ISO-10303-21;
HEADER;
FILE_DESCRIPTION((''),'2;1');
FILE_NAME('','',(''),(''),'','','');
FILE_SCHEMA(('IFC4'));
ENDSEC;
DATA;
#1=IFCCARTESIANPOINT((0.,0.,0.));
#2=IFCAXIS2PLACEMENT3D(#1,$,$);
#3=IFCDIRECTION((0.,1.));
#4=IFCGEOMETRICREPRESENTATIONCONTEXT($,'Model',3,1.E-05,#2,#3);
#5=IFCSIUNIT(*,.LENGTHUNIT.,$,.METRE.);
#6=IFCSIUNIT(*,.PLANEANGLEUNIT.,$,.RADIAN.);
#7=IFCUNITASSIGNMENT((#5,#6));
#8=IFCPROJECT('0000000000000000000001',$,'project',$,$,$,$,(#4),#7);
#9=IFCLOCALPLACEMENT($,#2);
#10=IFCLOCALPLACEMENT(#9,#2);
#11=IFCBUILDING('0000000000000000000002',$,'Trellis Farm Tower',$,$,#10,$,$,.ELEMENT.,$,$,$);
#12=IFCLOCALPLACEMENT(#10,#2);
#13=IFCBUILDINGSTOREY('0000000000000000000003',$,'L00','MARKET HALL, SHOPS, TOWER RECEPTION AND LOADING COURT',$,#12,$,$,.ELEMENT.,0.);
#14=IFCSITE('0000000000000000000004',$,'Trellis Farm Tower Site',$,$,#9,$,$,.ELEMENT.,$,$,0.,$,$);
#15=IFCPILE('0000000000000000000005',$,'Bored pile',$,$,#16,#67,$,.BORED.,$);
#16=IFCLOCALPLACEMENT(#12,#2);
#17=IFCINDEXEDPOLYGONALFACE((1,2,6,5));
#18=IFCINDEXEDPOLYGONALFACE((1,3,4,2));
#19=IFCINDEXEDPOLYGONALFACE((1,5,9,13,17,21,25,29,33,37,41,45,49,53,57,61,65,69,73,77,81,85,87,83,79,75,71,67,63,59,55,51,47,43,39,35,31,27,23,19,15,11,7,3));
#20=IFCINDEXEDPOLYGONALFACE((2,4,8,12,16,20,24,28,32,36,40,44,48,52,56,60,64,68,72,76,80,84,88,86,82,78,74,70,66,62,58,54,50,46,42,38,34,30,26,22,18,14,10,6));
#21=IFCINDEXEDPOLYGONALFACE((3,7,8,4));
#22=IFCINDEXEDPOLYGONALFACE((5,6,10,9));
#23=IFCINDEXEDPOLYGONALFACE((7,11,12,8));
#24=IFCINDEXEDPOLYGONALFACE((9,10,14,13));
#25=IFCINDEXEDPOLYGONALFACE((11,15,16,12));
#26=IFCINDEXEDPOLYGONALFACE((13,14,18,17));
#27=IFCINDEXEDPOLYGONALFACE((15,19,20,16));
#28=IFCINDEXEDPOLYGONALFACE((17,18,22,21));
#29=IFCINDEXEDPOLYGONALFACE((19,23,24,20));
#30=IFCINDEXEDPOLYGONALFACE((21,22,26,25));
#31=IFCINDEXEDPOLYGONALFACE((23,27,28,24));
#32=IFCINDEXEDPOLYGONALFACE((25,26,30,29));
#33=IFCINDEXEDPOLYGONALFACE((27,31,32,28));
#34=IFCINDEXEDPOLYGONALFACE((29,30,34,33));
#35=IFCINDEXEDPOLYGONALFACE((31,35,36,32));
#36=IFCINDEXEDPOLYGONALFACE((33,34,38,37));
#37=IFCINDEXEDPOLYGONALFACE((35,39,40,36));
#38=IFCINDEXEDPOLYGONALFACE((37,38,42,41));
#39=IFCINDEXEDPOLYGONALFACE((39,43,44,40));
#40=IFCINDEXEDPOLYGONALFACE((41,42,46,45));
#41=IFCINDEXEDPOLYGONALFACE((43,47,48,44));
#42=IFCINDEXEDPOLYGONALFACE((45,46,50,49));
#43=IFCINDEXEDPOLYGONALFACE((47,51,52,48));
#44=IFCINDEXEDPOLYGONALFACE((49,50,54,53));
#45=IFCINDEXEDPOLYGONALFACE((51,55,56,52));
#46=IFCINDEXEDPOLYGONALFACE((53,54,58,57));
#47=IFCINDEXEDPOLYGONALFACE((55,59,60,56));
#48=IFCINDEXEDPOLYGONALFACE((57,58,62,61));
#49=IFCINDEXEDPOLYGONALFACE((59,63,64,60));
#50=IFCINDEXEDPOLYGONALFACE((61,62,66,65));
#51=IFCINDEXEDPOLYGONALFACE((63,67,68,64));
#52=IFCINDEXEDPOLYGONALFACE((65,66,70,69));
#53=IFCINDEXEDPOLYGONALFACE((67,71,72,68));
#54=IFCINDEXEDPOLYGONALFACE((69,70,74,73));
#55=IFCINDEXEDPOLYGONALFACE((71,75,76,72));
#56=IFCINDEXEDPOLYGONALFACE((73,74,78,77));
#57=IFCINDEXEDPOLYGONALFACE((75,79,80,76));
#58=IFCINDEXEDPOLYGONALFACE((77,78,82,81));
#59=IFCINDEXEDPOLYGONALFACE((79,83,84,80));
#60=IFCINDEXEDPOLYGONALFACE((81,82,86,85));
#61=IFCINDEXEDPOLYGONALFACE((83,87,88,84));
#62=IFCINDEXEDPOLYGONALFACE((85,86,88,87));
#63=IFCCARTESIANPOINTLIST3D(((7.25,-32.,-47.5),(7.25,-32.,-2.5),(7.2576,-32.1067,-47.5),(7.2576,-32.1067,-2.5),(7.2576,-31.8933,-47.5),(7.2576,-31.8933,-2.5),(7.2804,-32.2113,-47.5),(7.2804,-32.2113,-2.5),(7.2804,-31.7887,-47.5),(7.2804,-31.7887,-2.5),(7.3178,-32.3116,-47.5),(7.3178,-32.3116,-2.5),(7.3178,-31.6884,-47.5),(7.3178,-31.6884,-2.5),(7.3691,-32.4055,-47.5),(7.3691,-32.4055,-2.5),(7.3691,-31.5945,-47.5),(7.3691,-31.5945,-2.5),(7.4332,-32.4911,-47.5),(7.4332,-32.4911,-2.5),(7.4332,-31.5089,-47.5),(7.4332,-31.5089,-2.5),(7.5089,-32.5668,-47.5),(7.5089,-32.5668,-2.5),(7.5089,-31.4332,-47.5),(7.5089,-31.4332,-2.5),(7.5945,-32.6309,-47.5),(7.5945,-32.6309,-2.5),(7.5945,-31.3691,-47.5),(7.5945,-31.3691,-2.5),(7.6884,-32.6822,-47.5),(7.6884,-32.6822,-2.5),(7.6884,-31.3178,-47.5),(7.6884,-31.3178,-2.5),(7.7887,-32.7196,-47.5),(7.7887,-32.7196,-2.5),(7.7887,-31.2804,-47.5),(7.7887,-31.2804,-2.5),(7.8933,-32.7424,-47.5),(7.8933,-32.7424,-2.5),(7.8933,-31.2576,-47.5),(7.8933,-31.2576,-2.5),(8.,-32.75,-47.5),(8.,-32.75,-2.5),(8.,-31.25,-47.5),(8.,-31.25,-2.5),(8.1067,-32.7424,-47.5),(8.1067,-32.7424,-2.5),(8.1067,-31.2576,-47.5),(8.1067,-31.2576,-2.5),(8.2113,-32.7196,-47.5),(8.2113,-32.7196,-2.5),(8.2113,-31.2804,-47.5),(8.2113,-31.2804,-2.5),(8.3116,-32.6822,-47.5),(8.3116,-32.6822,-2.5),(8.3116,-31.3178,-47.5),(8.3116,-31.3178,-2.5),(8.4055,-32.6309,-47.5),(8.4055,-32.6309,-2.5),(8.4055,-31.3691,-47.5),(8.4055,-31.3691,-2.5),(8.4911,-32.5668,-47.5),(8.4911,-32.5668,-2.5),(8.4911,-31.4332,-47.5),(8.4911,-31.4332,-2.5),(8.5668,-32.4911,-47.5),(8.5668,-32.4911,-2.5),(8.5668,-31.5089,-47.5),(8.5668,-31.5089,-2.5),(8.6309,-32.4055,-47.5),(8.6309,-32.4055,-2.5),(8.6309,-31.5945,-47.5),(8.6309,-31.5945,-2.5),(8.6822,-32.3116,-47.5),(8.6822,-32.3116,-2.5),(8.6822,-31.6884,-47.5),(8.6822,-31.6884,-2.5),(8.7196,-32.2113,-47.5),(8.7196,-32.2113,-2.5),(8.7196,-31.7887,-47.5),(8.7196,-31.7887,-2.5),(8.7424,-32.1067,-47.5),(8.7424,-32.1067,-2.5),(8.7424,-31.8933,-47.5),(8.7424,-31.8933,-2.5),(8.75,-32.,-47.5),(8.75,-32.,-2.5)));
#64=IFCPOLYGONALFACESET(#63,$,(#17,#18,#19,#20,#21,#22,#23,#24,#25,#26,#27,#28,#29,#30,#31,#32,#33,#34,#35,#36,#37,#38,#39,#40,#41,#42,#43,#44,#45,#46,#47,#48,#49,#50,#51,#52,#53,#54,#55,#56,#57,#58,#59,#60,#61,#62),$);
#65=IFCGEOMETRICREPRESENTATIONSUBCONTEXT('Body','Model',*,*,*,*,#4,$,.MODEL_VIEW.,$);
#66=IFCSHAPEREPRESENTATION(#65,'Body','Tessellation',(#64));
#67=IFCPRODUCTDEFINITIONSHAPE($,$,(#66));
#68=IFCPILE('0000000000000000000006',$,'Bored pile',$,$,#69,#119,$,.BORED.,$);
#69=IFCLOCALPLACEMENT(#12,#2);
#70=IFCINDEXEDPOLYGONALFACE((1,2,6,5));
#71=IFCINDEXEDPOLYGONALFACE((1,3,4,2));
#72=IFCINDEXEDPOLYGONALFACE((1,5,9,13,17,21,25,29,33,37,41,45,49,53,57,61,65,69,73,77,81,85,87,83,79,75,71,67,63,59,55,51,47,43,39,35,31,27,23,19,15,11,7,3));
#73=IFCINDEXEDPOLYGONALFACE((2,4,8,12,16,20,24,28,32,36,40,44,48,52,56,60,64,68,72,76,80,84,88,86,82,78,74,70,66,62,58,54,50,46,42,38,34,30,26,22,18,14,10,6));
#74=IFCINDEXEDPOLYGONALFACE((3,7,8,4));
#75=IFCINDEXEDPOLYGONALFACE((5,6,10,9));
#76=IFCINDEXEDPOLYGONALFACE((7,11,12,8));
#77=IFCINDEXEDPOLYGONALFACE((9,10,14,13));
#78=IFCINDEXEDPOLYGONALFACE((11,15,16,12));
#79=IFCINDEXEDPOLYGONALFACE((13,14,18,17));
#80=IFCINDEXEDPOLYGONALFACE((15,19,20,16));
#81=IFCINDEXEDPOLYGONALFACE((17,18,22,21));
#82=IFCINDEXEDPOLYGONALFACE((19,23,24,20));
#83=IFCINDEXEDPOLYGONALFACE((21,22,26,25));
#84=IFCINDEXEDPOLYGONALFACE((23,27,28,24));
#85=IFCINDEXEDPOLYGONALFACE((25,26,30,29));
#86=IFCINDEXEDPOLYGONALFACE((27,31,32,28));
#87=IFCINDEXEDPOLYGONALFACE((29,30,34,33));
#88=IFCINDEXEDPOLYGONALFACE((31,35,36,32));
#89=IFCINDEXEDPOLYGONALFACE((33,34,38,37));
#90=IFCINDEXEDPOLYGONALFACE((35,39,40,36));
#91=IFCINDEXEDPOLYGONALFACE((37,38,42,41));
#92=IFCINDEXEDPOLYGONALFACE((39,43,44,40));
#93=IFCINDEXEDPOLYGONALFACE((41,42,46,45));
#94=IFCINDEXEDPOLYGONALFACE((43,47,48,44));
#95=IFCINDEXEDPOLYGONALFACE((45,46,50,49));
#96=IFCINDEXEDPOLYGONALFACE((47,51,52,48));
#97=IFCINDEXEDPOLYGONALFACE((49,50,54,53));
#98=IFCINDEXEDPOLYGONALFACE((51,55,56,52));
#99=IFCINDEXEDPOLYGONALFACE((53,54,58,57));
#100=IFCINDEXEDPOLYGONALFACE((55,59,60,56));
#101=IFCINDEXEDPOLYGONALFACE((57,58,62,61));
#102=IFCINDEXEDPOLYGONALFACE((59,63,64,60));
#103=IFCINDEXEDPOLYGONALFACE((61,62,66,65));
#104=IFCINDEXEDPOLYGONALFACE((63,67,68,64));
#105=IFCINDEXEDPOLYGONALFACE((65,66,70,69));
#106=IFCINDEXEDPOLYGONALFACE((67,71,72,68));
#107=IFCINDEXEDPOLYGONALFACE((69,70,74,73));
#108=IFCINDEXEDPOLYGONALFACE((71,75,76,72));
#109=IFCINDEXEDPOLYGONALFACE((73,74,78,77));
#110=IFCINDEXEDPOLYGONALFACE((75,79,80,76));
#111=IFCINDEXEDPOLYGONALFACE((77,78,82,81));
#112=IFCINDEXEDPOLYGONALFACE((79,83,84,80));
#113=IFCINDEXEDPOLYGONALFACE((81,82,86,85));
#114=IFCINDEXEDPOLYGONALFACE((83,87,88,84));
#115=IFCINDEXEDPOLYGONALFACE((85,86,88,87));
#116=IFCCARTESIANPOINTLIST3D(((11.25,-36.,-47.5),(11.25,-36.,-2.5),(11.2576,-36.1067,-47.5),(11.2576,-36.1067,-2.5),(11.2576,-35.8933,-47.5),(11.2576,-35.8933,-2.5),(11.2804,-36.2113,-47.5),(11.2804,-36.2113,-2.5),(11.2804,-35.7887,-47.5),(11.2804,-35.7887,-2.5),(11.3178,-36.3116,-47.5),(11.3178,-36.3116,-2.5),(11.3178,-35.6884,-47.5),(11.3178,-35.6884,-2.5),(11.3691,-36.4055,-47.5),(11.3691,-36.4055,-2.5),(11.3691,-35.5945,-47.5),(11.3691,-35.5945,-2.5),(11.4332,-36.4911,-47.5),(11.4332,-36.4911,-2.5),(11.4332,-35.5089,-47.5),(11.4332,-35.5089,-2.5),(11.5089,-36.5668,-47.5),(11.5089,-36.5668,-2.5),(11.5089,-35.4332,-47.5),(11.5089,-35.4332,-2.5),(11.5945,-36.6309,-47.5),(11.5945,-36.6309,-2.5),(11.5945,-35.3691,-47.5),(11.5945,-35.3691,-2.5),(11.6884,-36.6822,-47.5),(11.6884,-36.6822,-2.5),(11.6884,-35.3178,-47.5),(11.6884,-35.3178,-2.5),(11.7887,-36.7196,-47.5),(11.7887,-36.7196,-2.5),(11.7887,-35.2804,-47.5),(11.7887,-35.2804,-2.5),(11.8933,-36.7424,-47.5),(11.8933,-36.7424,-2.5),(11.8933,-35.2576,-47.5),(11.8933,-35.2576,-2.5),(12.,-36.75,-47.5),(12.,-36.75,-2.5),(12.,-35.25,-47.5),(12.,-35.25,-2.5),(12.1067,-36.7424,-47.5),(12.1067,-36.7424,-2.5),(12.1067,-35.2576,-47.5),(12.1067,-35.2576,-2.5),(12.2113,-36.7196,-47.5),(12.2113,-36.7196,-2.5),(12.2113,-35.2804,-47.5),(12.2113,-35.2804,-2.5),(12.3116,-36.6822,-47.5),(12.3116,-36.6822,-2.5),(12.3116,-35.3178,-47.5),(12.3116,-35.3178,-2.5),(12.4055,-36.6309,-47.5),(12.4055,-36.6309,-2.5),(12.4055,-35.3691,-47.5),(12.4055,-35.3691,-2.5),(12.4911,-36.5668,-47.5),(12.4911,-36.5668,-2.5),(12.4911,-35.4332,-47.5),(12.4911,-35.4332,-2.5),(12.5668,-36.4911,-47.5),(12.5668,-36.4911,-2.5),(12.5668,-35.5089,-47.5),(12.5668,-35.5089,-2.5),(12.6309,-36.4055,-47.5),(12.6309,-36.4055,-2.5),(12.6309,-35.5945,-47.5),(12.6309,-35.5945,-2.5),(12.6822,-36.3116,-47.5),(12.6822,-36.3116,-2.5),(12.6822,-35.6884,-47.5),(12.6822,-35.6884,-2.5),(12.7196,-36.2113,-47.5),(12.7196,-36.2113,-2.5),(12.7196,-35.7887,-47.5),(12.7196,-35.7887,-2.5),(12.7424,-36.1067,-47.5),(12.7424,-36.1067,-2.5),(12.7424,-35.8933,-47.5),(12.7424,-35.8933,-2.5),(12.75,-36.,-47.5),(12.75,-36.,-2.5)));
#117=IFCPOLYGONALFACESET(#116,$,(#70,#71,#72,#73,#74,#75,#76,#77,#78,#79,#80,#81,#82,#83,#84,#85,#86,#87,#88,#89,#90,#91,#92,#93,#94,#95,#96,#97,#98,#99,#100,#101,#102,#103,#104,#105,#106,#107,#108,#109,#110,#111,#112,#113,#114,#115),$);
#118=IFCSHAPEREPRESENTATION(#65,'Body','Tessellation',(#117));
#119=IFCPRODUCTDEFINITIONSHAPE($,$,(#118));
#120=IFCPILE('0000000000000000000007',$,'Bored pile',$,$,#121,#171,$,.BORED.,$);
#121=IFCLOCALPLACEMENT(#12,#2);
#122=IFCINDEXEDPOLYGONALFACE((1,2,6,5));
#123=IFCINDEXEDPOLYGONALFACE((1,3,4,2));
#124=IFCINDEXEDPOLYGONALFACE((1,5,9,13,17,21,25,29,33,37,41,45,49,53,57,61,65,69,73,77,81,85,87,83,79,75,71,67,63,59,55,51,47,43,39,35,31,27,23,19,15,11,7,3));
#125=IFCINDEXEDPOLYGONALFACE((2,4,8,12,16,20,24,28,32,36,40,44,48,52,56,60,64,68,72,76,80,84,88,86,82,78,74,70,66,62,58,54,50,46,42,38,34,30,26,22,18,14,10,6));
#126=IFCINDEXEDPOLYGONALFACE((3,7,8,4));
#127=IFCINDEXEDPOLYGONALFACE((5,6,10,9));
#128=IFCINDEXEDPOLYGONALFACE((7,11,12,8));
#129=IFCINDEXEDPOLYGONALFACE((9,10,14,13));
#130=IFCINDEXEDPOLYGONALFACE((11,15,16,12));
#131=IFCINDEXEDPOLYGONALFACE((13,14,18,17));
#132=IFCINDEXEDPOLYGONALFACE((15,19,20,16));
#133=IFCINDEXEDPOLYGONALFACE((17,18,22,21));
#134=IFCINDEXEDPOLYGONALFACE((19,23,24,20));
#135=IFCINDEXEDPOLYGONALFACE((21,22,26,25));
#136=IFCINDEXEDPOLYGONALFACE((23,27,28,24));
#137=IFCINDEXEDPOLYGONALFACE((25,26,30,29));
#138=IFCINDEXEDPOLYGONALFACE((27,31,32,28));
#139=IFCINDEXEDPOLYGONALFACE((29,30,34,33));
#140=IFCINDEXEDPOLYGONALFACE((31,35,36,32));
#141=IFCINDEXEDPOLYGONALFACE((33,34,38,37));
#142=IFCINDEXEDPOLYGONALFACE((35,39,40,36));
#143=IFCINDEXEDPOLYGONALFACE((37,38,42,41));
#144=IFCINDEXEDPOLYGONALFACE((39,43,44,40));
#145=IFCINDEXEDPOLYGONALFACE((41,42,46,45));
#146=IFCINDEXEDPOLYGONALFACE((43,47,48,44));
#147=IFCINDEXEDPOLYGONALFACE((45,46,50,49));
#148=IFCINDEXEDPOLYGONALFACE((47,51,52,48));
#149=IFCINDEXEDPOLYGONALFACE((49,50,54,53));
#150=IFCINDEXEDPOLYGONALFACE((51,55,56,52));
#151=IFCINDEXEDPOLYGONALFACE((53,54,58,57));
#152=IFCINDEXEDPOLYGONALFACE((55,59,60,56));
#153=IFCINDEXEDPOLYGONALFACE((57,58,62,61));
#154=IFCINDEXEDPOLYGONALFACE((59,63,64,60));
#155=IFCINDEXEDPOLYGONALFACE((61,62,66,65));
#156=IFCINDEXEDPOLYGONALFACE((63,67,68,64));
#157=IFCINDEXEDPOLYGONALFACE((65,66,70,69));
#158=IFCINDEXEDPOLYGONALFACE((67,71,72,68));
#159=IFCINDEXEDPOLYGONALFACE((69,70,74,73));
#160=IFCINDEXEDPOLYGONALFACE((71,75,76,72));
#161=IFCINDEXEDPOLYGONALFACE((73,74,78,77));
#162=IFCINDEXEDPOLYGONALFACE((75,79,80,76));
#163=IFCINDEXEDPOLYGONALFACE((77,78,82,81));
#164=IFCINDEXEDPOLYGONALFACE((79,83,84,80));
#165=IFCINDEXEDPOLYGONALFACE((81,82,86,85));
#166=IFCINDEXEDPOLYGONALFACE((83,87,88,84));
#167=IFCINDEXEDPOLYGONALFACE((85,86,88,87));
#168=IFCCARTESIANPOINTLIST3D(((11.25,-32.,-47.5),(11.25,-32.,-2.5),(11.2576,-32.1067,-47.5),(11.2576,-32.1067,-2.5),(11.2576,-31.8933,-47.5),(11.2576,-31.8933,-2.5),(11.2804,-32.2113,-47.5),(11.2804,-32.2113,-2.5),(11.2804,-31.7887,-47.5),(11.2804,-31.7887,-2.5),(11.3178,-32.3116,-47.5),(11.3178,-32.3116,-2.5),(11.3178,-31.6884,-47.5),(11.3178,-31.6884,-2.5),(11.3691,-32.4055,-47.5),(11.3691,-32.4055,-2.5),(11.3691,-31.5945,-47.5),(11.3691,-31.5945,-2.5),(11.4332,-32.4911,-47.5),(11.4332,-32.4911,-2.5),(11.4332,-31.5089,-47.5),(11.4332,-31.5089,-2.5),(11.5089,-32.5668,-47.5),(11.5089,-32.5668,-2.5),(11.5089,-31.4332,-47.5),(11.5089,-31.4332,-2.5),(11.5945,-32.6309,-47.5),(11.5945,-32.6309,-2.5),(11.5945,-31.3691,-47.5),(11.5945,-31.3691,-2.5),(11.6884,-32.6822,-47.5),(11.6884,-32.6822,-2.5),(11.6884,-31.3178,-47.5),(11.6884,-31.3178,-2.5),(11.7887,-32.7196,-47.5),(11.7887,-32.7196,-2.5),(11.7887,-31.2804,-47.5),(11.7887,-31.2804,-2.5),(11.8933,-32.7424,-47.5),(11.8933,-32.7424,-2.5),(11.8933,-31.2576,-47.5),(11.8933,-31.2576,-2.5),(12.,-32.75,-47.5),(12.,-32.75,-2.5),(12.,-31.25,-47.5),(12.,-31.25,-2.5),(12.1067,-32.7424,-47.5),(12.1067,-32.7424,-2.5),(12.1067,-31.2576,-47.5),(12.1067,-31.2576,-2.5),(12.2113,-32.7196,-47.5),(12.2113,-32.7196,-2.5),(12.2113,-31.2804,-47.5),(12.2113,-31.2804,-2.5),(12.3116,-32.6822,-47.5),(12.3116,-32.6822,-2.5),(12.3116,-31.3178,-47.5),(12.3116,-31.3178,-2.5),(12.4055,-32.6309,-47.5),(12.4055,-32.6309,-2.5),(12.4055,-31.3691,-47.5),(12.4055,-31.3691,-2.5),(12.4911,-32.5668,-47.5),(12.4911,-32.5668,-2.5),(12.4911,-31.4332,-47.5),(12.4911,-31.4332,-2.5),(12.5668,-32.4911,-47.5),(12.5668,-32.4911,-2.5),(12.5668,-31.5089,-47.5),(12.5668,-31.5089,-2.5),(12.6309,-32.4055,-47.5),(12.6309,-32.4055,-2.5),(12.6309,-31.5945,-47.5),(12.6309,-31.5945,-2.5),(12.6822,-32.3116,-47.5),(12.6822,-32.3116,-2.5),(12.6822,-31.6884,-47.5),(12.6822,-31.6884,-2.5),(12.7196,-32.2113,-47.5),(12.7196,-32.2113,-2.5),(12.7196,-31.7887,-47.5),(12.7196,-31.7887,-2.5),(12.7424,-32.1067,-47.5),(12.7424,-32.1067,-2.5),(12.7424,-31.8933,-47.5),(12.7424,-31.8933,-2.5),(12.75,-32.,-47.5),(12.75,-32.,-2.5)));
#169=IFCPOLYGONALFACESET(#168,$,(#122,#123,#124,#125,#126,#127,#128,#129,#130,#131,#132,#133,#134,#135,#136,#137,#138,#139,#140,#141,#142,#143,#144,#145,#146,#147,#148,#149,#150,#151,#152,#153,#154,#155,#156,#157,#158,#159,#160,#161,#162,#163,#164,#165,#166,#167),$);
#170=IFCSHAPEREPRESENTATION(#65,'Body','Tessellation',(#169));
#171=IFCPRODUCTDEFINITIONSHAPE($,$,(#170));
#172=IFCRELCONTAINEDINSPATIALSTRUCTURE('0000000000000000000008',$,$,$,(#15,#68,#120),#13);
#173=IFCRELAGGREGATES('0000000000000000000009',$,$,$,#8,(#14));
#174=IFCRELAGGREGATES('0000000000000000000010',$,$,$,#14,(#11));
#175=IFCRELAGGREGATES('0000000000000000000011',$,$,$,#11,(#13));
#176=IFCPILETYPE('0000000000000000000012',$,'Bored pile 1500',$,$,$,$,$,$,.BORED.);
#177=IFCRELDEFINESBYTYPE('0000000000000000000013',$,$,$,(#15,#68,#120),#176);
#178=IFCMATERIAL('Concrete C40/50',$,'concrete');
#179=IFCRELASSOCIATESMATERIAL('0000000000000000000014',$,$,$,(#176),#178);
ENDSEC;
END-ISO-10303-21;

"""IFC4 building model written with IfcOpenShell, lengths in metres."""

from ifc_helpers import new_model, si_unit, direction, frame, origin, origin_2d, place, context, subcontext, project, spatial, circle, extrude, source, transform, mapped, material, material_profile, profile_set, type_object, element, save


model = new_model("IFC4")

# Units and contexts
model_context = context("Model", 3, precision=1e-05, world=origin(), true_north=direction((0.0, 1.0)))
body_context = subcontext(model_context, "Body", "Model", "MODEL_VIEW")
ifc_project = project(units=[si_unit("LENGTHUNIT", "METRE"), si_unit("PLANEANGLEUNIT", "RADIAN")], contexts=[model_context])

# Site, building, storey
site_placement = place(None, origin())
site = spatial("IfcSite", under=ifc_project, at=site_placement, Name="Trellis Farm Tower Site", CompositionType="ELEMENT", RefElevation=0.0)
building_placement = place(site_placement, origin())
building = spatial("IfcBuilding", under=site, at=building_placement, Name="Trellis Farm Tower", CompositionType="ELEMENT")
storey_placement = place(building_placement, origin())
storey = spatial("IfcBuildingStorey", under=building, at=storey_placement, Name="L00", Description="MARKET HALL, SHOPS, TOWER RECEPTION AND LOADING COURT", CompositionType="ELEMENT", Elevation=0.0)

# Piles
ifc_material_1 = material(Name="Concrete C40/50", Category="concrete")
ifc_material_profile_1 = material_profile(ifc_material_1, circle(Radius=0.75, at=origin_2d()), Name="Bored pile 1500")
ifc_profile_set_1 = profile_set([ifc_material_profile_1], Name="Concrete C40/50")
pile_type = type_object("IfcPileType", Name="Bored pile 1500", PredefinedType="BORED", material=ifc_profile_set_1)
shared_shape_1 = source(origin(), body_context, "Body", "SweptSolid", [
    extrude(circle(Radius=0.75, at=origin_2d()), origin(), (0.0, 0.0, 1.0), 45.0),
])
for number, where, z_axis, x_axis, name in (
    (1, (8.0, -32.0, -2.5), (0.0, 0.0, -1.0), (1.0, 0.0, 0.0), "Bored pile"),
    (2, (12.0, -36.0, -2.5), (0.0, 0.0, -1.0), (1.0, 0.0, 0.0), "Bored pile"),
    (3, (12.0, -32.0, -2.5), (0.0, 0.0, -1.0), (1.0, 0.0, 0.0), "Bored pile"),
):
    element("IfcPile", number, at=place(storey_placement, frame(where, z_axis=z_axis, x_axis=x_axis)), inside=storey, type_object=pile_type, Name=name, PredefinedType="BORED", context=body_context, shape_type="MappedRepresentation", body=[
        mapped(shared_shape_1, transform((0.0, 0.0, 0.0))),
    ])

save(model, "model.ifc")
